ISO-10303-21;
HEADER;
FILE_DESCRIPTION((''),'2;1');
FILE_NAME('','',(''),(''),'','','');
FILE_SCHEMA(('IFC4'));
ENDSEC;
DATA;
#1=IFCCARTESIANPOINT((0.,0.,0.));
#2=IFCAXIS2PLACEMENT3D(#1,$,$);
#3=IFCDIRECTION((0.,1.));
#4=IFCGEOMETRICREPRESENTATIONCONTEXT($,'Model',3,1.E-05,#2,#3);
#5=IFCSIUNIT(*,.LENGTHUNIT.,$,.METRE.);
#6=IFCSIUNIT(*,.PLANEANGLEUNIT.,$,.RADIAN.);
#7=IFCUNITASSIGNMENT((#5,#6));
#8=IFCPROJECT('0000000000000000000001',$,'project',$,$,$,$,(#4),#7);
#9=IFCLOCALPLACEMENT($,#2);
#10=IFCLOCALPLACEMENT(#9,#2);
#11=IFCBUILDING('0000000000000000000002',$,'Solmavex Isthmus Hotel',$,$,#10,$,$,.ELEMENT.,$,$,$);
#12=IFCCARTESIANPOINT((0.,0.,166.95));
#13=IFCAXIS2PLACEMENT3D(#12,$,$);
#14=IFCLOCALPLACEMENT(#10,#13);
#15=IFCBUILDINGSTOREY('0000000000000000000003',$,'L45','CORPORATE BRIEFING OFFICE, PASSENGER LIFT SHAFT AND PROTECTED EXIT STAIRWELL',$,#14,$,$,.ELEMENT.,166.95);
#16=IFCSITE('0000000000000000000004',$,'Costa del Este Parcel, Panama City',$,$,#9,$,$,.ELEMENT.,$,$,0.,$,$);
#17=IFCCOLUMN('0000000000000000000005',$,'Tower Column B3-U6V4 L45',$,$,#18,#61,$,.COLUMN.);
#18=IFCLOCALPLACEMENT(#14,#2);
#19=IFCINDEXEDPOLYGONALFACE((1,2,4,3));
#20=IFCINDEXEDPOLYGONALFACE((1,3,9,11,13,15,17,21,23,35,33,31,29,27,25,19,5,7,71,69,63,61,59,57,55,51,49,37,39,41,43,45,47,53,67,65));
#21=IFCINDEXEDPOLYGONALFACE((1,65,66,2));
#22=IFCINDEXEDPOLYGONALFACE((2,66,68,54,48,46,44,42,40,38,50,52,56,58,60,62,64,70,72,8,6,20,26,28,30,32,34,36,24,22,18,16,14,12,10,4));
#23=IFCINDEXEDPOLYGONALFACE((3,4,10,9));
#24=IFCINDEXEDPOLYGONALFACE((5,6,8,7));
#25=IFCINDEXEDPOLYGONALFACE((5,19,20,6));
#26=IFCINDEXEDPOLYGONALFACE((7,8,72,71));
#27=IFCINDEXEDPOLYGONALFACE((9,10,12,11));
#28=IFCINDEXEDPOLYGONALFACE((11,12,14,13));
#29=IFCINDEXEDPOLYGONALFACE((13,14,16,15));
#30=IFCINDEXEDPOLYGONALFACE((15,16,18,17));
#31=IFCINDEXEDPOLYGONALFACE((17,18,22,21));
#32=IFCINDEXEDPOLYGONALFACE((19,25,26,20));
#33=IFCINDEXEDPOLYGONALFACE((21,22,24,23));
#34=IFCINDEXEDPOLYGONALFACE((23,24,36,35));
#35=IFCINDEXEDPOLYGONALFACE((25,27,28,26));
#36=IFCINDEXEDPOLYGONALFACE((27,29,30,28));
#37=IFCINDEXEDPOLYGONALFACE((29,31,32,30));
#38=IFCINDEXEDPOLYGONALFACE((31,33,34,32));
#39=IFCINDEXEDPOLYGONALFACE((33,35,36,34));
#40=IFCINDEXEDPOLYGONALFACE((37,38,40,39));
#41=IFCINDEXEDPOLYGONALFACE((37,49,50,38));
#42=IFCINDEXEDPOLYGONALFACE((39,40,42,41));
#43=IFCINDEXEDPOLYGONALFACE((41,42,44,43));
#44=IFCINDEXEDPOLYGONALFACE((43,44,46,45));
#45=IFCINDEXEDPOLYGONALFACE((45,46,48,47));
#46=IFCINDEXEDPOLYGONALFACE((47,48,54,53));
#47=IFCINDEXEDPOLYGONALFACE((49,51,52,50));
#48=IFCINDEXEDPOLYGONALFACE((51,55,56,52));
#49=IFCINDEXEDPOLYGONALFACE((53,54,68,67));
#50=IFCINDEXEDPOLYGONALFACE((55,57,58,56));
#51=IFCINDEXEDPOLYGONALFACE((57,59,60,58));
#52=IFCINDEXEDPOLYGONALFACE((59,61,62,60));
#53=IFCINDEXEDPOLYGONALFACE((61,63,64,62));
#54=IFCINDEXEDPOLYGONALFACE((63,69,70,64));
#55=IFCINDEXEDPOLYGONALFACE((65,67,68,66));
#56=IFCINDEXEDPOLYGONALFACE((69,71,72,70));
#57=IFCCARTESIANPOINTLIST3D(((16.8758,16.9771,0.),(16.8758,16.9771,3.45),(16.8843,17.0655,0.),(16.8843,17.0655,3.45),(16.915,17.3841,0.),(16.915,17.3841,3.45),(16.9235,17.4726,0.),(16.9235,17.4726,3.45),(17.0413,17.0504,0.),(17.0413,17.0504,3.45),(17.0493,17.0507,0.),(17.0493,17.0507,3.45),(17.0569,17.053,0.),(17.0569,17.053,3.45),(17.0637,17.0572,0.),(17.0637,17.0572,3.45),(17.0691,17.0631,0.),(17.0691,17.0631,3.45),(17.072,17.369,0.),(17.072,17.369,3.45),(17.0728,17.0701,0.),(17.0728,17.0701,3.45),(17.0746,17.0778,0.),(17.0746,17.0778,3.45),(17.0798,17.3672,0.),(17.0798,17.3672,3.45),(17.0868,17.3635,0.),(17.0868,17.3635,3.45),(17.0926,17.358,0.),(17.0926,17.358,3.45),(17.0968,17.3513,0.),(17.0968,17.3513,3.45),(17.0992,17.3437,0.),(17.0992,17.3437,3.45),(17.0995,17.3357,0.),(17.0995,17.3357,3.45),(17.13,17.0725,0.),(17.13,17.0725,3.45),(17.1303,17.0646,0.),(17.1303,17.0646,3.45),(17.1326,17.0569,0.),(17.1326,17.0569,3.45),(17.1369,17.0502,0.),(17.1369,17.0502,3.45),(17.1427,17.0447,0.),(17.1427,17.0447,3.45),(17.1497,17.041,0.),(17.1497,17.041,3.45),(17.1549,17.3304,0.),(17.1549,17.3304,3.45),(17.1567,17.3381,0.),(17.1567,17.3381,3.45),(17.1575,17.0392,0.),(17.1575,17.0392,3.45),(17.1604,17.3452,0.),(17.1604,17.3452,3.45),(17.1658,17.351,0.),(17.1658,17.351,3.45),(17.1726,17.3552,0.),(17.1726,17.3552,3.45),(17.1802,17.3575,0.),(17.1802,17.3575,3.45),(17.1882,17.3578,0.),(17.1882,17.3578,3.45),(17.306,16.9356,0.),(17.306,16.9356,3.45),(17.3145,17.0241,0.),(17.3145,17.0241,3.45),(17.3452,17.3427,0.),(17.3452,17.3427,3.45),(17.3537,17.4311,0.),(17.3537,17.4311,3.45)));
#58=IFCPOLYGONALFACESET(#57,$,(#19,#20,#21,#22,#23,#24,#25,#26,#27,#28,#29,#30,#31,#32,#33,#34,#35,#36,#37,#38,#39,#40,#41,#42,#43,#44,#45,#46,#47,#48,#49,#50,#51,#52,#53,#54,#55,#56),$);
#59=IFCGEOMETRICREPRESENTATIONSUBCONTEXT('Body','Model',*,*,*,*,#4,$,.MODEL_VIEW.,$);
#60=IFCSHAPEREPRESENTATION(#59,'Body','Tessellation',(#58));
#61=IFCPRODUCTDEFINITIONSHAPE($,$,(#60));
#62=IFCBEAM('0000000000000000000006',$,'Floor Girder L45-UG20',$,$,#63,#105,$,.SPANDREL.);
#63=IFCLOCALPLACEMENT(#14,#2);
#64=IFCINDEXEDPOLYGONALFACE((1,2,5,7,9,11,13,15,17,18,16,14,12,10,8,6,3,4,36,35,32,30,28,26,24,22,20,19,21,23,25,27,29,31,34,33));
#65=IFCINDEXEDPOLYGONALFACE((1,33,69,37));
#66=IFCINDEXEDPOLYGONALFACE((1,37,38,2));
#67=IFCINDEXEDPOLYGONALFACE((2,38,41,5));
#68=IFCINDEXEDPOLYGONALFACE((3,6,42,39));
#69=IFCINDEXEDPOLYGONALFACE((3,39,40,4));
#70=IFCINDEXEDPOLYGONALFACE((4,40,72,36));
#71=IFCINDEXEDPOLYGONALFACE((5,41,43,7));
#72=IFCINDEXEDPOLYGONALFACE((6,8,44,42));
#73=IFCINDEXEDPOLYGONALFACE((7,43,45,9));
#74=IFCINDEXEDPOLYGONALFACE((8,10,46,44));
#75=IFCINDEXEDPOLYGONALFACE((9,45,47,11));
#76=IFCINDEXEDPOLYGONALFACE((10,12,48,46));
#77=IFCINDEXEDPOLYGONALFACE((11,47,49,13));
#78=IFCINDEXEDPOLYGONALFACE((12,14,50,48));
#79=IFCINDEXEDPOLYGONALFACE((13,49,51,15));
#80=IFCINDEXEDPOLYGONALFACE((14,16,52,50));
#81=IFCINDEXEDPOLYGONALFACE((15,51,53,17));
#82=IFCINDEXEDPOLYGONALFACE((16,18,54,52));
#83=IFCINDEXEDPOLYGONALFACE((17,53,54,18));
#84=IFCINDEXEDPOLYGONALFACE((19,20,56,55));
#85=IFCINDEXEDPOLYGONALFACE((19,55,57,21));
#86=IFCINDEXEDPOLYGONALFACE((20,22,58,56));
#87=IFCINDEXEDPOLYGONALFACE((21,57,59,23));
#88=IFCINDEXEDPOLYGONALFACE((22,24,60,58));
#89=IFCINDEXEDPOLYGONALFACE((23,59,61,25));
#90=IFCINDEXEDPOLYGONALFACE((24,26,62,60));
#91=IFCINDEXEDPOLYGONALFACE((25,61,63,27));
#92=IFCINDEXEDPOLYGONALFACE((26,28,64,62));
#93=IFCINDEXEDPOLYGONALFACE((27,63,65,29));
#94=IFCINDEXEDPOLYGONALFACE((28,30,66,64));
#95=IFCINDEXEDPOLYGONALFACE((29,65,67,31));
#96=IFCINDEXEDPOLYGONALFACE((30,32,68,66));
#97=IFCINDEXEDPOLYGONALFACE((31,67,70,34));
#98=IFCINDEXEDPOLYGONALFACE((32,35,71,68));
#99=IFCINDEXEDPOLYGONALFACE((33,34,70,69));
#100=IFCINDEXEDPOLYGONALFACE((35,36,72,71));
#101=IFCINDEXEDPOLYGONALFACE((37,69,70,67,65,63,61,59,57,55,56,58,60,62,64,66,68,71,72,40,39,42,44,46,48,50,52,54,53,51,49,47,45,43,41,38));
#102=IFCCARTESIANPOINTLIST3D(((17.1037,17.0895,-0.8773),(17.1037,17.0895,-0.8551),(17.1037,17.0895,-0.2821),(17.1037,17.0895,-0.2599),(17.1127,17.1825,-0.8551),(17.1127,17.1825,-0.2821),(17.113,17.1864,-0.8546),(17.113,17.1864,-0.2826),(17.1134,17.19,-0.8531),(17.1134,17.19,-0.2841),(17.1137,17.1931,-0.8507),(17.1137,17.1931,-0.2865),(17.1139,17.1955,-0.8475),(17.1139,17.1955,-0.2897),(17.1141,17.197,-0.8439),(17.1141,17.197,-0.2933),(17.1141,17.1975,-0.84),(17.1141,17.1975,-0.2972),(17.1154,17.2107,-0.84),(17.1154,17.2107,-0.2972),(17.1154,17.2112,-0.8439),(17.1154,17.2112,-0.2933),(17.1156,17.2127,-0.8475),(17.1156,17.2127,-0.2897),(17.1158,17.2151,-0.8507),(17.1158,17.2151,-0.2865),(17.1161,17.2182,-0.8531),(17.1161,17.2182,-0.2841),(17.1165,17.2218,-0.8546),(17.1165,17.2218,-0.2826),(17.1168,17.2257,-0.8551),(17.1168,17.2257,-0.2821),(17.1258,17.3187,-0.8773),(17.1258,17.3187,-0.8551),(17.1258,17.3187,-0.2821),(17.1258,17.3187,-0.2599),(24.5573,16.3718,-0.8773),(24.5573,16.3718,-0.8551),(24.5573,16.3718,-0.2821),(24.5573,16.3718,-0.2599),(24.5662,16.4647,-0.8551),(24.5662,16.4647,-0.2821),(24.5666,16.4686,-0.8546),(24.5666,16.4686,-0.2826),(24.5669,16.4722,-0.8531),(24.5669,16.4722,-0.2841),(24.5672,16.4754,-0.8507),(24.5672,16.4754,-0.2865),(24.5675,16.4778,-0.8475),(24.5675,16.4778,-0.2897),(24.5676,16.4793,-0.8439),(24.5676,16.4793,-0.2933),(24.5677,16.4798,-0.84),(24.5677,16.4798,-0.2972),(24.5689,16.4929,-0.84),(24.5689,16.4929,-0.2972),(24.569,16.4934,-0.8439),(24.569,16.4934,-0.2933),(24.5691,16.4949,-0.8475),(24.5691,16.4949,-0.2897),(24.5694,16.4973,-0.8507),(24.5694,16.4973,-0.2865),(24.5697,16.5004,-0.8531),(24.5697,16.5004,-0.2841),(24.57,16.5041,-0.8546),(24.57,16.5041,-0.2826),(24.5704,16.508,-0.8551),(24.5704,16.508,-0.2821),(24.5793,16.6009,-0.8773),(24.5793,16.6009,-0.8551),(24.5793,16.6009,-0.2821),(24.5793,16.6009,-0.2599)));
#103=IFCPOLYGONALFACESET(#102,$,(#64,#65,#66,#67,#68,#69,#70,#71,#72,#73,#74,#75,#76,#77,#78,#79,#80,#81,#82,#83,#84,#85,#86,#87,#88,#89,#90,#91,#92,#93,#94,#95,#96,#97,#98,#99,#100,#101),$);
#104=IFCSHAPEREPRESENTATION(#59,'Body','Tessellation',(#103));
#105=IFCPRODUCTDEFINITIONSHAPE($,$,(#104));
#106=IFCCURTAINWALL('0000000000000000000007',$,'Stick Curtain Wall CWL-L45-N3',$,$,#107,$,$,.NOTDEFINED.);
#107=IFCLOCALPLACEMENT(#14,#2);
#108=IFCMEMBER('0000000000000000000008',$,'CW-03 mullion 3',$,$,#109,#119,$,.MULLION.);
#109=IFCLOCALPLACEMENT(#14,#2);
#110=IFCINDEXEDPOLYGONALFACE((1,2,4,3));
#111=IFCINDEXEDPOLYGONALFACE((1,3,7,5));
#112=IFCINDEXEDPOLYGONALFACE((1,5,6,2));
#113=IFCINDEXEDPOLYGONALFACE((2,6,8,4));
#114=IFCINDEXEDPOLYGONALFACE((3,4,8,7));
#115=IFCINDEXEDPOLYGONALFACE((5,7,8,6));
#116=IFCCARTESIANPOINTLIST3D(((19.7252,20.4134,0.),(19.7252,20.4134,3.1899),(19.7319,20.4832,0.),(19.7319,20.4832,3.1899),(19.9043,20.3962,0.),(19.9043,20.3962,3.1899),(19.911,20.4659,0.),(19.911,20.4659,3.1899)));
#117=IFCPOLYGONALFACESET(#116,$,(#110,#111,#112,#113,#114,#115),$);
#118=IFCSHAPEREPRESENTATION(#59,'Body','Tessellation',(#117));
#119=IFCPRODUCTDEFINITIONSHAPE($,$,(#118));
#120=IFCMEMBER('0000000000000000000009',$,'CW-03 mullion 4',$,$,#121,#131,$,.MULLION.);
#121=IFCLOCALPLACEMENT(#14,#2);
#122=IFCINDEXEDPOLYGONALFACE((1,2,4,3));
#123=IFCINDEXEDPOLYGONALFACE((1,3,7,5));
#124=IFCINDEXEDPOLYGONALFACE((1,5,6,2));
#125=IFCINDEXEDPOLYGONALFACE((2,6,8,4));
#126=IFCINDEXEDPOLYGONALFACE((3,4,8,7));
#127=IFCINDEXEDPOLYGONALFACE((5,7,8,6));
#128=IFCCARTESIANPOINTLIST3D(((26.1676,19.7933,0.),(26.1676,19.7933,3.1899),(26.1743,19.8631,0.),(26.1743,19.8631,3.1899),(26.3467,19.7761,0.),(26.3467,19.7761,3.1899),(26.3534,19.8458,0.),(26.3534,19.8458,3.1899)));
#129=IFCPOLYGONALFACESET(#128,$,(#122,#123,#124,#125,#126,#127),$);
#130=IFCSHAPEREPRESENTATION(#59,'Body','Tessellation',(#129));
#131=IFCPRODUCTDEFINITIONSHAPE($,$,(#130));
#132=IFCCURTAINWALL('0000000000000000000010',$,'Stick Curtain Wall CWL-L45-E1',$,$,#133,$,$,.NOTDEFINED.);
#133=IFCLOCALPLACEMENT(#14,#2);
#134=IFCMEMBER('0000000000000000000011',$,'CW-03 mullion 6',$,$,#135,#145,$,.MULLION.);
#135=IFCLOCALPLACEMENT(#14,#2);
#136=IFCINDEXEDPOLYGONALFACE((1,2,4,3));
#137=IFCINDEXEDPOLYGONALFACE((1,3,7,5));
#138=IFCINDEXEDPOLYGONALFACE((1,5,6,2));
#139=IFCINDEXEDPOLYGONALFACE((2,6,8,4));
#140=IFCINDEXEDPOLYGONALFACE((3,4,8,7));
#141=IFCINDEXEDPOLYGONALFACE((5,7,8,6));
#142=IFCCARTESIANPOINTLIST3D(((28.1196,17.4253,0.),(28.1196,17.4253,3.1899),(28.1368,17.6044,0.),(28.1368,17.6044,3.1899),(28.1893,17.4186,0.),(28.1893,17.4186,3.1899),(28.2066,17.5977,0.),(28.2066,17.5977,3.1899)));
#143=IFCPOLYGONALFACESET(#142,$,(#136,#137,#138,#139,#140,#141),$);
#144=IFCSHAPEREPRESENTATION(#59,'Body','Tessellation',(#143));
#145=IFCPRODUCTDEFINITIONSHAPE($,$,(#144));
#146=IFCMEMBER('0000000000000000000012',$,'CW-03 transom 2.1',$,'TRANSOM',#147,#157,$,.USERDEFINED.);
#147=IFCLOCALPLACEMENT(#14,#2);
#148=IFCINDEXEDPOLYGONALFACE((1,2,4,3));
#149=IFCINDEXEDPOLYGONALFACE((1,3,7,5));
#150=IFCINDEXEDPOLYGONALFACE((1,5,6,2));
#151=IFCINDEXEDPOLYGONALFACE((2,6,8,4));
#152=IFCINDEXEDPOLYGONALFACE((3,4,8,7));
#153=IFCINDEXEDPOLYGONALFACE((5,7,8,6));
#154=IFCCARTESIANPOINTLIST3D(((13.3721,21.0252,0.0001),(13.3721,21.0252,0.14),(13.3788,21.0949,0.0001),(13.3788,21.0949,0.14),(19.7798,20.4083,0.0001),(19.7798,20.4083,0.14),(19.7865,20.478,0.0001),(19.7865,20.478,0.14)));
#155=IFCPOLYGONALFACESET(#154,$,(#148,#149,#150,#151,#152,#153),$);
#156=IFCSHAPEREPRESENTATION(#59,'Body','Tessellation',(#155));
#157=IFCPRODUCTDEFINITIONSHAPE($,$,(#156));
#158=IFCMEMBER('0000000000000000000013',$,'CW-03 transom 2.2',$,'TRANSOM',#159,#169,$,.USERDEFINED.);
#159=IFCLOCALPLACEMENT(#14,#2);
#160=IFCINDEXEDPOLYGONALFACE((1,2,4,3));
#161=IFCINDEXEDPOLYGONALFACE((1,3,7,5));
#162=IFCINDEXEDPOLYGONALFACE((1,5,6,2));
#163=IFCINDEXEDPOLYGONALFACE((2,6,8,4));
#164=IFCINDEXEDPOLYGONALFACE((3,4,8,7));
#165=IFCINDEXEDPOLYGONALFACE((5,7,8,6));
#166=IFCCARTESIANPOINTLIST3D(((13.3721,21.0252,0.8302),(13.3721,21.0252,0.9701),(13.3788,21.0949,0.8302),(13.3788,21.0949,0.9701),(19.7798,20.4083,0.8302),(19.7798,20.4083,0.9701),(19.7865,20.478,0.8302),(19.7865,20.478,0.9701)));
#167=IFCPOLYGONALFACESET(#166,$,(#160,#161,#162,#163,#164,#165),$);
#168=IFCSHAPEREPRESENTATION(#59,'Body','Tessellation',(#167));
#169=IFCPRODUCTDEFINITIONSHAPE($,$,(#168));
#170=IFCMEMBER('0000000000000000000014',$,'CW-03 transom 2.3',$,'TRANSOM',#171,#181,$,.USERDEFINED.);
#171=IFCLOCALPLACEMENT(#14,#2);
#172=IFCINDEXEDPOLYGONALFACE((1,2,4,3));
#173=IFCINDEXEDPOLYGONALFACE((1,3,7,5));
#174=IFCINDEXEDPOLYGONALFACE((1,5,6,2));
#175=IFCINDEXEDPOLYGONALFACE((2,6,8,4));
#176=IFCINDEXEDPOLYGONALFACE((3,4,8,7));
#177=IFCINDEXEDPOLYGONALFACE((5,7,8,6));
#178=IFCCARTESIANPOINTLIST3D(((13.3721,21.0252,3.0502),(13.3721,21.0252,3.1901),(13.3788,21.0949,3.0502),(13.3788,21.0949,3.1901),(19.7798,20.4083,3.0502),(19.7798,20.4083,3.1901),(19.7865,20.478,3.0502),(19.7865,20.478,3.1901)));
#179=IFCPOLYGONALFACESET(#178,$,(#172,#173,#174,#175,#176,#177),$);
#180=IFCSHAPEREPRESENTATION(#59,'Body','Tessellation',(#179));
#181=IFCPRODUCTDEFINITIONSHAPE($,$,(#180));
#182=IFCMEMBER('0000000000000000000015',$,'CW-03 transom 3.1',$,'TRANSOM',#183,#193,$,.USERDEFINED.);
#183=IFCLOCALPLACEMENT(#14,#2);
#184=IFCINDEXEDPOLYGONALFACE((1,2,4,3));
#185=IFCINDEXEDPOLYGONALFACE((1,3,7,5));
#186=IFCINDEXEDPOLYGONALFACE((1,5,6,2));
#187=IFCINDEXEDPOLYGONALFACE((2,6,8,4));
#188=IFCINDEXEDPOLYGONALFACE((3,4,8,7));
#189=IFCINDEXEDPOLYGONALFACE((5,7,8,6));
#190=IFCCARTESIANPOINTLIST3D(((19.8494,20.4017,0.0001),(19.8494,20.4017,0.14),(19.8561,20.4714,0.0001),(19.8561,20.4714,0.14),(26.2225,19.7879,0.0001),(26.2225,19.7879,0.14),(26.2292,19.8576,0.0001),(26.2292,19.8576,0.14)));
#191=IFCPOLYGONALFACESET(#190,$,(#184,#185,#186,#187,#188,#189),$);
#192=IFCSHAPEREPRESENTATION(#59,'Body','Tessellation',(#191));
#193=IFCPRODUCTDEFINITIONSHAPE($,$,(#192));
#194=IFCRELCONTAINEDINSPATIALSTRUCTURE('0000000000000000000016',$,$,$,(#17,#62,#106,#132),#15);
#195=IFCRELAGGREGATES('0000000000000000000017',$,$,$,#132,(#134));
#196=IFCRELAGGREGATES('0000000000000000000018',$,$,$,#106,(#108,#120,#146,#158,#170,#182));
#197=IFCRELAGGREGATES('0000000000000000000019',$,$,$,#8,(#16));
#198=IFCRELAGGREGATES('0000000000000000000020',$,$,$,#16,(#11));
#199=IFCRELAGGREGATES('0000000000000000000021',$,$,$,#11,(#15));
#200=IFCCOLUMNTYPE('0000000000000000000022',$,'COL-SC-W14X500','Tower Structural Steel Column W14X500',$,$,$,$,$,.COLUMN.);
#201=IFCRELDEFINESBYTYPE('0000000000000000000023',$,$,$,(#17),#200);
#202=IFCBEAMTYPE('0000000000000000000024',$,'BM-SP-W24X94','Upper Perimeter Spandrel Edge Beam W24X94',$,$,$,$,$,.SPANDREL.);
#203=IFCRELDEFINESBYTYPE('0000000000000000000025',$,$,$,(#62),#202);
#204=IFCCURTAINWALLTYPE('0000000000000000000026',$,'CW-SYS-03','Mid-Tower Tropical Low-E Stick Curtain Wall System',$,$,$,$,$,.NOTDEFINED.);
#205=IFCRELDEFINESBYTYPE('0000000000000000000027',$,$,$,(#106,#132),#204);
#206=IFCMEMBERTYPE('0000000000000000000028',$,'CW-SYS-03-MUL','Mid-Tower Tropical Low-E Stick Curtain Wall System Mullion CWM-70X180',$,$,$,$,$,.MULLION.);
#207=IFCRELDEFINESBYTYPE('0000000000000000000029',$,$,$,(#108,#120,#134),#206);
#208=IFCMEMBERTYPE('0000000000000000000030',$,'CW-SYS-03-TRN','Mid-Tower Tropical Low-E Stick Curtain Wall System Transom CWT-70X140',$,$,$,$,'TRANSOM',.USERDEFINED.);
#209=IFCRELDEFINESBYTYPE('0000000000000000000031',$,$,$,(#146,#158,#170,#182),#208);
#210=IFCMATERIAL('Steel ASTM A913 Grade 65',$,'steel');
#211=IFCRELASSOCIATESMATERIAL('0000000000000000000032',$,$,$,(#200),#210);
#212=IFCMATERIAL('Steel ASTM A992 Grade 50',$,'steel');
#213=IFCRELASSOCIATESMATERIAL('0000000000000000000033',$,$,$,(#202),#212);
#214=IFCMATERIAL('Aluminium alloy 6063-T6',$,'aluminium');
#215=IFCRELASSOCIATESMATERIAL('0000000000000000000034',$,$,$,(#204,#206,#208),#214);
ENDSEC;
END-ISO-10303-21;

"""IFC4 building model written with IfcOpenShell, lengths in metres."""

from ifc_helpers import new_model, si_unit, direction, frame, origin, origin_2d, place, context, subcontext, project, spatial, rectangle, i_section, extrude, material, material_profile, profile_set, type_object, element, aggregate, save


model = new_model("IFC4")

# Units and contexts
model_context = context("Model", 3, precision=1e-05, world=origin(), true_north=direction((0.0, 1.0)))
body_context = subcontext(model_context, "Body", "Model", "MODEL_VIEW")
ifc_project = project(units=[si_unit("LENGTHUNIT", "METRE"), si_unit("PLANEANGLEUNIT", "RADIAN")], contexts=[model_context])

# Site, building, storey
site_placement = place(None, origin())
site = spatial("IfcSite", under=ifc_project, at=site_placement, Name="Costa del Este Parcel, Panama City", CompositionType="ELEMENT", RefElevation=0.0)
building_placement = place(site_placement, origin())
building = spatial("IfcBuilding", under=site, at=building_placement, Name="Solmavex Isthmus Hotel", CompositionType="ELEMENT")
storey_placement = place(building_placement, frame((0.0, 0.0, 166.95)))
storey = spatial("IfcBuildingStorey", under=building, at=storey_placement, Name="L45", Description="CORPORATE BRIEFING OFFICE, PASSENGER LIFT SHAFT AND PROTECTED EXIT STAIRWELL", CompositionType="ELEMENT", Elevation=166.95)

# Column
ifc_material_1 = material(Name="Steel ASTM A913 Grade 65", Category="steel")
ifc_material_profile_1 = material_profile(ifc_material_1, i_section(OverallWidth=0.4321, OverallDepth=0.4978, WebThickness=0.0557, FlangeThickness=0.0889, FilletRadius=0.0305, at=origin_2d()), Name="W14X500")
ifc_profile_set_1 = profile_set([ifc_material_profile_1], Name="Steel ASTM A913 Grade 65")
column_type = type_object("IfcColumnType", Name="COL-SC-W14X500", Description="Tower Structural Steel Column W14X500", PredefinedType="COLUMN", material=ifc_profile_set_1)
column_placement = place(storey_placement, frame((17.1147, 17.2041, 0.0), z_axis=(0.0, 0.0, 1.0), x_axis=(0.995396, -0.095846, 0.0)))
element("IfcColumn", 1, at=column_placement, inside=storey, type_object=column_type, Name="Tower Column B3-U6V4 L45", PredefinedType="COLUMN", context=body_context, shape_type="SweptSolid", body=[
    extrude(i_section(OverallWidth=0.4321, OverallDepth=0.4978, WebThickness=0.0557, FlangeThickness=0.0889, FilletRadius=0.0305, at=origin_2d()), origin(), (0.0, 0.0, 1.0), 3.45),
])

# Beam
ifc_material_2 = material(Name="Steel ASTM A992 Grade 50", Category="steel")
ifc_material_profile_2 = material_profile(ifc_material_2, i_section(OverallWidth=0.2302, OverallDepth=0.6174, WebThickness=0.0132, FlangeThickness=0.0222, FilletRadius=0.0151, at=origin_2d()), Name="W24X94")
ifc_profile_set_2 = profile_set([ifc_material_profile_2], Name="Steel ASTM A992 Grade 50")
beam_type = type_object("IfcBeamType", Name="BM-SP-W24X94", Description="Upper Perimeter Spandrel Edge Beam W24X94", PredefinedType="SPANDREL", material=ifc_profile_set_2)
beam_placement = place(storey_placement, frame((17.1147, 17.2041, -0.5686), z_axis=(0.995395, -0.095855, 0.0), x_axis=(0.095855, 0.995395, 0.0)))
element("IfcBeam", 2, at=beam_placement, inside=storey, type_object=beam_type, Name="Floor Girder L45-UG20", PredefinedType="SPANDREL", context=body_context, shape_type="SweptSolid", body=[
    extrude(i_section(OverallWidth=0.2302, OverallDepth=0.6174, WebThickness=0.0132, FlangeThickness=0.0222, FilletRadius=0.0151, at=origin_2d()), origin(), (0.0, 0.0, 1.0), 7.488),
])

# Curtain wall, members
ifc_material_3 = material(Name="Aluminium alloy 6063-T6", Category="aluminium")
curtain_wall_type = type_object("IfcCurtainWallType", Name="CW-SYS-03", Description="Mid-Tower Tropical Low-E Stick Curtain Wall System", PredefinedType="NOTDEFINED", material=ifc_material_3)
curtain_wall_1_placement = place(storey_placement, origin())
curtain_wall_1 = element("IfcCurtainWall", 3, at=curtain_wall_1_placement, inside=storey, type_object=curtain_wall_type, Name="Stick Curtain Wall CWL-L45-N3", PredefinedType="NOTDEFINED")
ifc_material_profile_3 = material_profile(ifc_material_3, rectangle(XDim=0.0701, YDim=0.1799, at=origin_2d()), Name="CWM-70X180")
ifc_profile_set_3 = profile_set([ifc_material_profile_3], Name="Aluminium alloy 6063-T6")
member_type_1 = type_object("IfcMemberType", Name="CW-SYS-03-MUL", Description="Mid-Tower Tropical Low-E Stick Curtain Wall System Mullion CWM-70X180", PredefinedType="MULLION", material=ifc_profile_set_3)
member_1_placement = place(storey_placement, frame((19.8181, 20.4397, 0.0), z_axis=(0.0, 0.0, 1.0), x_axis=(0.095846, 0.995396, 0.0)))
member_1 = element("IfcMember", 4, at=member_1_placement, type_object=member_type_1, Name="CW-03 mullion 3", PredefinedType="MULLION", context=body_context, shape_type="SweptSolid", body=[
    extrude(rectangle(XDim=0.0701, YDim=0.1799, at=origin_2d()), origin(), (0.0, 0.0, 1.0), 3.1899),
])
member_2_placement = place(storey_placement, frame((26.2605, 19.8196, 0.0), z_axis=(0.0, 0.0, 1.0), x_axis=(0.095846, 0.995396, 0.0)))
member_2 = element("IfcMember", 5, at=member_2_placement, type_object=member_type_1, Name="CW-03 mullion 4", PredefinedType="MULLION", context=body_context, shape_type="SweptSolid", body=[
    extrude(rectangle(XDim=0.0701, YDim=0.1799, at=origin_2d()), origin(), (0.0, 0.0, 1.0), 3.1899),
])

# Curtain wall, member
curtain_wall_2_placement = place(storey_placement, origin())
curtain_wall_2 = element("IfcCurtainWall", 6, at=curtain_wall_2_placement, inside=storey, type_object=curtain_wall_type, Name="Stick Curtain Wall CWL-L45-E1", PredefinedType="NOTDEFINED")
member_3_placement = place(storey_placement, frame((28.1631, 17.5115, 0.0), z_axis=(0.0, 0.0, 1.0), x_axis=(-0.995396, 0.095846, 0.0)))
member_3 = element("IfcMember", 7, at=member_3_placement, type_object=member_type_1, Name="CW-03 mullion 6", PredefinedType="MULLION", context=body_context, shape_type="SweptSolid", body=[
    extrude(rectangle(XDim=0.0701, YDim=0.1799, at=origin_2d()), origin(), (0.0, 0.0, 1.0), 3.1899),
])
aggregate(curtain_wall_2, [member_3])

# Members
ifc_material_profile_4 = material_profile(ifc_material_3, rectangle(XDim=0.0701, YDim=0.1399, at=origin_2d()), Name="CWT-70X140")
ifc_profile_set_4 = profile_set([ifc_material_profile_4], Name="Aluminium alloy 6063-T6")
member_type_2 = type_object("IfcMemberType", Name="CW-SYS-03-TRN", Description="Mid-Tower Tropical Low-E Stick Curtain Wall System Transom CWT-70X140", ElementType="TRANSOM", PredefinedType="USERDEFINED", material=ifc_profile_set_4)
member_4_placement = place(storey_placement, frame((13.3755, 21.0601, 0.0701), z_axis=(0.995397, -0.095838, 0.0), x_axis=(0.095838, 0.995397, 0.0)))
member_4 = element("IfcMember", 8, at=member_4_placement, type_object=member_type_2, Name="CW-03 transom 2.1", ObjectType="TRANSOM", PredefinedType="USERDEFINED", context=body_context, shape_type="SweptSolid", body=[
    extrude(rectangle(XDim=0.0701, YDim=0.1399, at=origin_2d()), origin(), (0.0, 0.0, 1.0), 6.4373),
])
member_5_placement = place(storey_placement, frame((13.3755, 21.0601, 0.9001), z_axis=(0.995397, -0.095838, 0.0), x_axis=(0.095838, 0.995397, 0.0)))
member_5 = element("IfcMember", 9, at=member_5_placement, type_object=member_type_2, Name="CW-03 transom 2.2", ObjectType="TRANSOM", PredefinedType="USERDEFINED", context=body_context, shape_type="SweptSolid", body=[
    extrude(rectangle(XDim=0.0701, YDim=0.1399, at=origin_2d()), origin(), (0.0, 0.0, 1.0), 6.4373),
])
member_6_placement = place(storey_placement, frame((13.3755, 21.0601, 3.1201), z_axis=(0.995397, -0.095838, 0.0), x_axis=(0.095838, 0.995397, 0.0)))
member_6 = element("IfcMember", 10, at=member_6_placement, type_object=member_type_2, Name="CW-03 transom 2.3", ObjectType="TRANSOM", PredefinedType="USERDEFINED", context=body_context, shape_type="SweptSolid", body=[
    extrude(rectangle(XDim=0.0701, YDim=0.1399, at=origin_2d()), origin(), (0.0, 0.0, 1.0), 6.4373),
])
member_7_placement = place(storey_placement, frame((19.8528, 20.4365, 0.0701), z_axis=(0.995394, -0.095864, 0.0), x_axis=(0.095864, 0.995394, 0.0)))
member_7 = element("IfcMember", 11, at=member_7_placement, type_object=member_type_2, Name="CW-03 transom 3.1", ObjectType="TRANSOM", PredefinedType="USERDEFINED", context=body_context, shape_type="SweptSolid", body=[
    extrude(rectangle(XDim=0.0701, YDim=0.1399, at=origin_2d()), origin(), (0.0, 0.0, 1.0), 6.4026),
])

aggregate(curtain_wall_1, [member_1, member_2, member_4, member_5, member_6, member_7])

save(model, "model.ifc")
